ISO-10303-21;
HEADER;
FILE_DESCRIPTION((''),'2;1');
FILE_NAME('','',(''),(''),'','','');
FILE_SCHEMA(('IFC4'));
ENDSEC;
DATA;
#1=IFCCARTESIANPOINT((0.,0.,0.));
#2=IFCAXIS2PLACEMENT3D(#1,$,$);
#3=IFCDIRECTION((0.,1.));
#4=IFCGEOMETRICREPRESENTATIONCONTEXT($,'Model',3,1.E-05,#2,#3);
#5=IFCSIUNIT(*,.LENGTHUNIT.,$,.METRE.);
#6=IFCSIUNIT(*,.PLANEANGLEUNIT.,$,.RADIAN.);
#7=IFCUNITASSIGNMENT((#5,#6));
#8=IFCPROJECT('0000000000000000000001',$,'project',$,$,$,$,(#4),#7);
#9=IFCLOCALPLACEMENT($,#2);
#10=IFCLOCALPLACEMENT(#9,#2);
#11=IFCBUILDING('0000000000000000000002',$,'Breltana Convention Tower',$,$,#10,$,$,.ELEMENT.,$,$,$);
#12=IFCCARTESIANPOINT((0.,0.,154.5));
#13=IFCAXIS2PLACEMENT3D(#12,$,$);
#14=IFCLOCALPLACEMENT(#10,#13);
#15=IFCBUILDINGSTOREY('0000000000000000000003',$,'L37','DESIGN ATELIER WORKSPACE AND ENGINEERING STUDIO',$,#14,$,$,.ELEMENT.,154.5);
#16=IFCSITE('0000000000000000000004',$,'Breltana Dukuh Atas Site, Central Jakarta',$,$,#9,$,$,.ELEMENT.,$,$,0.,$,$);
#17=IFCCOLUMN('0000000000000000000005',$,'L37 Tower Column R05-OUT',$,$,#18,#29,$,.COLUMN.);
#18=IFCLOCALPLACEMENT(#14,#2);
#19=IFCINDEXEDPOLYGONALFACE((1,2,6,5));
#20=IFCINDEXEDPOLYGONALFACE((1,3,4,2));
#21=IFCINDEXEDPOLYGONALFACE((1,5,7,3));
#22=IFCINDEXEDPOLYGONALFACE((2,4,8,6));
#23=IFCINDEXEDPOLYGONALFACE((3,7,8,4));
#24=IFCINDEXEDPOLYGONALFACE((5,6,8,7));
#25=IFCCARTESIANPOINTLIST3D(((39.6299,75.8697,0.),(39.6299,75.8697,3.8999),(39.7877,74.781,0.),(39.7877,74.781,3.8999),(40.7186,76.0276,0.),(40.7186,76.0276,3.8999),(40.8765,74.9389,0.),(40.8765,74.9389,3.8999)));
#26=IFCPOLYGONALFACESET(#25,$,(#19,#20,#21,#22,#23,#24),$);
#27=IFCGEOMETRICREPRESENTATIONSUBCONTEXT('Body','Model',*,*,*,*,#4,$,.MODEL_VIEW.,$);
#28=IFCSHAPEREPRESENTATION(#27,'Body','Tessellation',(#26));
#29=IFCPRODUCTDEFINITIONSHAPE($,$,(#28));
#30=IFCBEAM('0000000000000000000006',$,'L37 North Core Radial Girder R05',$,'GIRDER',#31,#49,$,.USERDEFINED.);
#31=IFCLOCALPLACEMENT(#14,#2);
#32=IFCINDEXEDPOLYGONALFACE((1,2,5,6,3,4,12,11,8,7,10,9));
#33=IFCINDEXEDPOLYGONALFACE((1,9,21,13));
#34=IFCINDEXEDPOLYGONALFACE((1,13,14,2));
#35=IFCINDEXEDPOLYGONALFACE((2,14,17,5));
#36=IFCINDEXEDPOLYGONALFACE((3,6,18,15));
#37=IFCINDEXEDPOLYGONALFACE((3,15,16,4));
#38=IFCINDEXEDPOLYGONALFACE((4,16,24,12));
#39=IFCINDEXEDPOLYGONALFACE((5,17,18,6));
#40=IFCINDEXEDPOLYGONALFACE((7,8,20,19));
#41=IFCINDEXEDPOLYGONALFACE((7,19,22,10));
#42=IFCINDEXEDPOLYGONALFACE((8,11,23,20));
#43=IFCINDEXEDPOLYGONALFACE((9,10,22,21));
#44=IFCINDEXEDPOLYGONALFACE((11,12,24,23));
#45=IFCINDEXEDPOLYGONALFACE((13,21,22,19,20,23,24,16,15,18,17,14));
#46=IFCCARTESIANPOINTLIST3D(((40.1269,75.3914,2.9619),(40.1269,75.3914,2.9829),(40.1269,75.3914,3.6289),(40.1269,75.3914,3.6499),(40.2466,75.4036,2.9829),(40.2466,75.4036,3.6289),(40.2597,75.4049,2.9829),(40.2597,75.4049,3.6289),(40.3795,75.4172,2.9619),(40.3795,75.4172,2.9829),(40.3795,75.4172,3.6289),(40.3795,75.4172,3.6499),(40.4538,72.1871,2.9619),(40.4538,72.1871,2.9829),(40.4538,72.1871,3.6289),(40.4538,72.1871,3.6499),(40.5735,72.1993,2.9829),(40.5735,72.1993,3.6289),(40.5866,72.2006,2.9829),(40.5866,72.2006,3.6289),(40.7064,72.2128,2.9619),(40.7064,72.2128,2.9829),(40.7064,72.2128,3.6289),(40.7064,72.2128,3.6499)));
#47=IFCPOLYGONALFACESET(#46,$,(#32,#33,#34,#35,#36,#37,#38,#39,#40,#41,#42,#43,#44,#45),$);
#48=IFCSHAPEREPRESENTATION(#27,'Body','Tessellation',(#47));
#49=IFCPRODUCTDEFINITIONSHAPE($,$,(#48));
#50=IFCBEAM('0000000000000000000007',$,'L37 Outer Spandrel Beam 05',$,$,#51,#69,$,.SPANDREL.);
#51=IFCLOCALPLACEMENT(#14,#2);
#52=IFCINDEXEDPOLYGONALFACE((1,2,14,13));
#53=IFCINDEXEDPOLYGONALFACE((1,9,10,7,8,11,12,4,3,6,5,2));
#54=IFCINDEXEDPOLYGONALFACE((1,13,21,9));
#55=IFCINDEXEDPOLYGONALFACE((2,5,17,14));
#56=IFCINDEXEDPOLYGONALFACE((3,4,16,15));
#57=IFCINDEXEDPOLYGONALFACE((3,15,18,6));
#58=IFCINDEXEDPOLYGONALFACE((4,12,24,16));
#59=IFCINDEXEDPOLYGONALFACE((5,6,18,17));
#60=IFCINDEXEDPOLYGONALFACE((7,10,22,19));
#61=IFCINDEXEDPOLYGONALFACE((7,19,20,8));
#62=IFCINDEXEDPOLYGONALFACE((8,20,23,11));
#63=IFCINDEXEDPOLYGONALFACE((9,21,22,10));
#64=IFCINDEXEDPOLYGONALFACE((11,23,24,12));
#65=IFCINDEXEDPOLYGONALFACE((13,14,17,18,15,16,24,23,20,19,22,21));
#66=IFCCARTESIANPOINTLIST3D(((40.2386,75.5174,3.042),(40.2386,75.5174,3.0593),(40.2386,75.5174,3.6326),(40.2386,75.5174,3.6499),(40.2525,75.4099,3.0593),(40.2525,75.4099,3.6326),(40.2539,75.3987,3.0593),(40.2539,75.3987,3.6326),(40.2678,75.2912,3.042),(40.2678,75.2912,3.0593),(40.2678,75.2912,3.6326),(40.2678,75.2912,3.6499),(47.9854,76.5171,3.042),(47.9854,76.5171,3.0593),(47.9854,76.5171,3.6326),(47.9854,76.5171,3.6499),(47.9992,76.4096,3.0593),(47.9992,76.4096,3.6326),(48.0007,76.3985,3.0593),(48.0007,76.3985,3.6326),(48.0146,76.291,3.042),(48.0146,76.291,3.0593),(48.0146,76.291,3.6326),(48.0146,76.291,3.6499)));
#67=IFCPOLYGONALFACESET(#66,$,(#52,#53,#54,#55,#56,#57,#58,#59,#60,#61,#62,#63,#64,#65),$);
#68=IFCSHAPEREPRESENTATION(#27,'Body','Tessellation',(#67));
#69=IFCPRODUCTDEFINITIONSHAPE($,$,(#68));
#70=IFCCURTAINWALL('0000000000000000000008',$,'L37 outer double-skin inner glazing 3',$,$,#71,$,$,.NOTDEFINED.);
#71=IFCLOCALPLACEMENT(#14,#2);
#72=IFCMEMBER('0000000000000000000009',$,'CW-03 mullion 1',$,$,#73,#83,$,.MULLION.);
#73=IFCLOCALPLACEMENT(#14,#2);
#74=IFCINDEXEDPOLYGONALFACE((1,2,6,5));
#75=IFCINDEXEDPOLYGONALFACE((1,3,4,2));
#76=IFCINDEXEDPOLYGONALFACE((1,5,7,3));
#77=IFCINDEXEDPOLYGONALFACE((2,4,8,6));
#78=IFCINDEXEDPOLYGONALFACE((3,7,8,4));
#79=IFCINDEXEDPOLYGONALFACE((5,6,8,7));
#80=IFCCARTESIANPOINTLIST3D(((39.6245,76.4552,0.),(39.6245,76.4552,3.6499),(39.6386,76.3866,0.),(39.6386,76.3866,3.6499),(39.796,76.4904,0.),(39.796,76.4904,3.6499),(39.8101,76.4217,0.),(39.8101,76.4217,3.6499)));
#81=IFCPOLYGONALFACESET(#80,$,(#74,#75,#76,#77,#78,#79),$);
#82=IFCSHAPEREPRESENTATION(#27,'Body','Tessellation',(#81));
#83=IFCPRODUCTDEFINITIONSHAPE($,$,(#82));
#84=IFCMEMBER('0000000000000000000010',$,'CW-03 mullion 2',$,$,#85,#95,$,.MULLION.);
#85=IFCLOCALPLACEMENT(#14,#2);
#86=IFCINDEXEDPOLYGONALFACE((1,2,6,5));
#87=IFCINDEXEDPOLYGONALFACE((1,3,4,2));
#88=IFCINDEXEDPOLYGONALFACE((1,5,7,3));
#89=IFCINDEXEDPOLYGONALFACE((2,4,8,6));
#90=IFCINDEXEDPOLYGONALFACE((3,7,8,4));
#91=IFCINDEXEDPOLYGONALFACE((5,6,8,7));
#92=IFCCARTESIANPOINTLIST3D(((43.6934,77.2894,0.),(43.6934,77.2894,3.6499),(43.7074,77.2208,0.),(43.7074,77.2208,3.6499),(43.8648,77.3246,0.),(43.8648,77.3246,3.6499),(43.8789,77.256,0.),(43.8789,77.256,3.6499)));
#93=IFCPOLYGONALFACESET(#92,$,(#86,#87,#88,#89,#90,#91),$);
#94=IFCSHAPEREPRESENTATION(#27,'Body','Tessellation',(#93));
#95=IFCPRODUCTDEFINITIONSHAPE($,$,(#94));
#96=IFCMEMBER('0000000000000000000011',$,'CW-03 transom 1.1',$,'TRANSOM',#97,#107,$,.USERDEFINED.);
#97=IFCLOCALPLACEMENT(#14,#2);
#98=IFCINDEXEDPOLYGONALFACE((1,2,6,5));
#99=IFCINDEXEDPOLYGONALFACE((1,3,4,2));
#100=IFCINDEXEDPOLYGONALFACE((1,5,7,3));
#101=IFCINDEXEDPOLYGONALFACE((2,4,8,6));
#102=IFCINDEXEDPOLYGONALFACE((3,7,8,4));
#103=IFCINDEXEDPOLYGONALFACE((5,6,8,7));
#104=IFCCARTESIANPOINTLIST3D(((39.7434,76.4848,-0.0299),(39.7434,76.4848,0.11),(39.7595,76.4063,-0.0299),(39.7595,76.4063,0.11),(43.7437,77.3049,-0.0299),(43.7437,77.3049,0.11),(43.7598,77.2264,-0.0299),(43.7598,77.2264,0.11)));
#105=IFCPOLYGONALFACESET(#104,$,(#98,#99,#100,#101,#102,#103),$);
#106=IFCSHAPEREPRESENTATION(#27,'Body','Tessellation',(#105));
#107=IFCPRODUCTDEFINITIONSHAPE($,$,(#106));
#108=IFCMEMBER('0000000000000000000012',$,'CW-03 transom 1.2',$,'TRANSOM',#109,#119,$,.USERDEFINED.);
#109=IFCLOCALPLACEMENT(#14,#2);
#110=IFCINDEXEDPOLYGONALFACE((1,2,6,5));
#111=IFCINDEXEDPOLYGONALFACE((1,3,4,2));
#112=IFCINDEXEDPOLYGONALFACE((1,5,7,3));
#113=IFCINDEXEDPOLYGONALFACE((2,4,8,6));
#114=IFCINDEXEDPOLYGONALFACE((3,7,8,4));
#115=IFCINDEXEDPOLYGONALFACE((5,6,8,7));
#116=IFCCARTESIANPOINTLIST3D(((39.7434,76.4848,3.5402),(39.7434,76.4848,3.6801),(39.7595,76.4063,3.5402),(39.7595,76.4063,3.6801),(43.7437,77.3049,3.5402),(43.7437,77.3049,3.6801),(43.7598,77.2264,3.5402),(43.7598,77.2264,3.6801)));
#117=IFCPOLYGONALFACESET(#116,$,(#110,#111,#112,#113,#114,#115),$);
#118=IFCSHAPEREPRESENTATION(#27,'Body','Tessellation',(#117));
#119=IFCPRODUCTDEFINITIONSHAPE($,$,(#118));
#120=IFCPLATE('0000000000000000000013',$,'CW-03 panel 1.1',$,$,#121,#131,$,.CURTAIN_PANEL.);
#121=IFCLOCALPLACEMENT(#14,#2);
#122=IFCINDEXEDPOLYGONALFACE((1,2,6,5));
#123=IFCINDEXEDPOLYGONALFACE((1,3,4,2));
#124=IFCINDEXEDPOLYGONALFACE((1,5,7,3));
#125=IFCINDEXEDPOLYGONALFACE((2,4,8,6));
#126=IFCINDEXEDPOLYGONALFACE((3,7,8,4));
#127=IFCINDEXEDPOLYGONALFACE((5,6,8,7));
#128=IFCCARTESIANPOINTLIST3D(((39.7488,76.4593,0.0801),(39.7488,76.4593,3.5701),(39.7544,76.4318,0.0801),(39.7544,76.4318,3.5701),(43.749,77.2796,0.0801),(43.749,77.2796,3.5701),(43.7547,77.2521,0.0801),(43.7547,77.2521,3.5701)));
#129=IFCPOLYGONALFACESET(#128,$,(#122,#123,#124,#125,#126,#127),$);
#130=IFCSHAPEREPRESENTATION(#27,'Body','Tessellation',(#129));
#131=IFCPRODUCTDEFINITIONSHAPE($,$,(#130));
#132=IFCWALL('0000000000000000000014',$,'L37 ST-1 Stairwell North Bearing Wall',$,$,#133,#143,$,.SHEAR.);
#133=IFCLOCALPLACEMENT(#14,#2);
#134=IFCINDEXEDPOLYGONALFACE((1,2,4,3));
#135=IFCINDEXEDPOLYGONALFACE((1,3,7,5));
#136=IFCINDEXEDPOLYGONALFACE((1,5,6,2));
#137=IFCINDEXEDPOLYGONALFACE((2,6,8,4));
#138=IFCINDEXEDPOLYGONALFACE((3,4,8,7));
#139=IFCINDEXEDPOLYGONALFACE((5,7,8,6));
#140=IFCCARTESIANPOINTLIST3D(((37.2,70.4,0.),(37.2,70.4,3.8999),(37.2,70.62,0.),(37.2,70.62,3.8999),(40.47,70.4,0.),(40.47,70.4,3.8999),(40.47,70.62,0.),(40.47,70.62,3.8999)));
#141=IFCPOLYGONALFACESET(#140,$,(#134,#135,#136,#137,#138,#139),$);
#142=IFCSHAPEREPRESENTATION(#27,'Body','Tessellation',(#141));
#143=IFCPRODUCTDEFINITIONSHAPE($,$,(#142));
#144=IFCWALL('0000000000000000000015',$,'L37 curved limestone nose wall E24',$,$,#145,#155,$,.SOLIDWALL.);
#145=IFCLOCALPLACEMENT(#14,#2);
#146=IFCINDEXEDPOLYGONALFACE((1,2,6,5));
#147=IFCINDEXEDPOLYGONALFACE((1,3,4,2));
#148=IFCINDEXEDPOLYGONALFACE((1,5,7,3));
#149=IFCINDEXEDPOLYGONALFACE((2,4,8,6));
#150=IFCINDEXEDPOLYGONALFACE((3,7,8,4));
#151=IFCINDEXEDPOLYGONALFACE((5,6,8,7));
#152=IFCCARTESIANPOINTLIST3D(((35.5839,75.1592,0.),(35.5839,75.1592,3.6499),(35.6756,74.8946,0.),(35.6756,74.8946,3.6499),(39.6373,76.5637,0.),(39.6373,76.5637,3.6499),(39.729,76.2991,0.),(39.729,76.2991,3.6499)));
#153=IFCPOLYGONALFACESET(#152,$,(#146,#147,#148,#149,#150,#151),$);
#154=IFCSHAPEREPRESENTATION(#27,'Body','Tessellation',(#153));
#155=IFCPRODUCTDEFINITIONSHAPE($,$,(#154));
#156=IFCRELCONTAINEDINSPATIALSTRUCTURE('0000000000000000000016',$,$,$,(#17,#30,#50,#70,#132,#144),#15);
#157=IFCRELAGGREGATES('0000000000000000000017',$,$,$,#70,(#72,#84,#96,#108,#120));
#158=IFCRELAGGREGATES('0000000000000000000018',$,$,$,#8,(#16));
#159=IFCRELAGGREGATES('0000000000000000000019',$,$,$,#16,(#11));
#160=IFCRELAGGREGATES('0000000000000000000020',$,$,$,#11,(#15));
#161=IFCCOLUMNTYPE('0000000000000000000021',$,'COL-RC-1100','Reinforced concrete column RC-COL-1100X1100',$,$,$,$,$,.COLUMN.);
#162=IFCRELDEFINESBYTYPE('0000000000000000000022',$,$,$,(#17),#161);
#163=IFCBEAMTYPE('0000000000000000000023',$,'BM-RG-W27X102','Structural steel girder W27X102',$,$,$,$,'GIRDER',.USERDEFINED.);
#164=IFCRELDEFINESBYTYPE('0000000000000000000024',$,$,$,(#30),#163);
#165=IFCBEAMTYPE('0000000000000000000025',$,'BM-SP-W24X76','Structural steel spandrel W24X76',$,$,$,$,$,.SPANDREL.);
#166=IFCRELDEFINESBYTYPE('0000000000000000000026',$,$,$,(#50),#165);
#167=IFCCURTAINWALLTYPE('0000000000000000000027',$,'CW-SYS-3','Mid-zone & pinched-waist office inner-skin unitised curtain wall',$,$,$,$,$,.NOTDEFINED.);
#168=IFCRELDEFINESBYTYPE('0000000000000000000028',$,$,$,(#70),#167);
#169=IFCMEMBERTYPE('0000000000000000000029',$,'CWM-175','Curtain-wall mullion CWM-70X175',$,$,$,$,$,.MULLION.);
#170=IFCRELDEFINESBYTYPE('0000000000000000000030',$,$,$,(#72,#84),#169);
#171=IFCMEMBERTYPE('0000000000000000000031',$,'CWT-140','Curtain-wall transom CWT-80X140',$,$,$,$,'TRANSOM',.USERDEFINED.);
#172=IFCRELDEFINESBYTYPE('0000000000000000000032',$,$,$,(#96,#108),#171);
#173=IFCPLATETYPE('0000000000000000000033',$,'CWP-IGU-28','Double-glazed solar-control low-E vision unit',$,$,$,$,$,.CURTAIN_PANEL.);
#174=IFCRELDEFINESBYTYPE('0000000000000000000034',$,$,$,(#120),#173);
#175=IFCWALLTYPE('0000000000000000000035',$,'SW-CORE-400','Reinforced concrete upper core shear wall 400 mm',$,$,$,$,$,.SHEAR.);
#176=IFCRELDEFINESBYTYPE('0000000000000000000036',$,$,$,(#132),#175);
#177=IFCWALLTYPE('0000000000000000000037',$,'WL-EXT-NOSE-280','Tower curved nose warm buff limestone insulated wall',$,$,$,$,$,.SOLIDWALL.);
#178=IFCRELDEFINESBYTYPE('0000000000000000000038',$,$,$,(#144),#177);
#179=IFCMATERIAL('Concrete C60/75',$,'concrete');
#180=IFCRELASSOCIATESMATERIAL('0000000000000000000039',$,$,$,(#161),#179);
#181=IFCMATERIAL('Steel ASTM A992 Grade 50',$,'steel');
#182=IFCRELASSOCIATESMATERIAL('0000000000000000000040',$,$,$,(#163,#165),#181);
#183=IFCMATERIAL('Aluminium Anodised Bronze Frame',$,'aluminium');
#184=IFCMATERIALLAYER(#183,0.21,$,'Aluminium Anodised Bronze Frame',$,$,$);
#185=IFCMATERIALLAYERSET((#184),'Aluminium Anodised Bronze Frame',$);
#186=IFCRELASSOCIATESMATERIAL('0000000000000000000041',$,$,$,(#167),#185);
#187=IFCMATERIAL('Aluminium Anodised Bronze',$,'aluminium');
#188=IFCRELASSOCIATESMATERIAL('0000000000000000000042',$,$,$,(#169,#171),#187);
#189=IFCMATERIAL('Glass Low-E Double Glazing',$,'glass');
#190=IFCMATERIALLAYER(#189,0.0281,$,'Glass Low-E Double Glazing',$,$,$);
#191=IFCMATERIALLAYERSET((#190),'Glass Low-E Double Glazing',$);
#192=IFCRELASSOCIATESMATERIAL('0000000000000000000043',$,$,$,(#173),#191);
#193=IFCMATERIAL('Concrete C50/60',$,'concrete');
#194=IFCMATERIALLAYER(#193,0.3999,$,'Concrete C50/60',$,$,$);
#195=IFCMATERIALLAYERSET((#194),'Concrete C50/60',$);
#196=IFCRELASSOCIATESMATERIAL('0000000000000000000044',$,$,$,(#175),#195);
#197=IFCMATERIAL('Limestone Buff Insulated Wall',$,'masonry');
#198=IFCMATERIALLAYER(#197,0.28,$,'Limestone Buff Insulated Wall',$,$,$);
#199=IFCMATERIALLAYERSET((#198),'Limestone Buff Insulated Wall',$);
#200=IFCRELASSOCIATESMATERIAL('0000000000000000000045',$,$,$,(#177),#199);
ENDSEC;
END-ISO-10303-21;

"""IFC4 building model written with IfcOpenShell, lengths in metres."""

from ifc_helpers import new_model, si_unit, direction, frame, frame_2d, origin, origin_2d, place, context, subcontext, project, spatial, rectangle, i_section, extrude, source, transform, mapped, material, layer, layer_set, material_profile, profile_set, type_object, element, aggregate, save


model = new_model("IFC4")

# Units and contexts
model_context = context("Model", 3, precision=1e-05, world=origin(), true_north=direction((0.0, 1.0)))
body_context = subcontext(model_context, "Body", "Model", "MODEL_VIEW")
ifc_project = project(units=[si_unit("LENGTHUNIT", "METRE"), si_unit("PLANEANGLEUNIT", "RADIAN")], contexts=[model_context])

# Site, building, storey
site_placement = place(None, origin())
site = spatial("IfcSite", under=ifc_project, at=site_placement, Name="Breltana Dukuh Atas Site, Central Jakarta", CompositionType="ELEMENT", RefElevation=0.0)
building_placement = place(site_placement, origin())
building = spatial("IfcBuilding", under=site, at=building_placement, Name="Breltana Convention Tower", CompositionType="ELEMENT")
storey_placement = place(building_placement, frame((0.0, 0.0, 154.5)))
storey = spatial("IfcBuildingStorey", under=building, at=storey_placement, Name="L37", Description="DESIGN ATELIER WORKSPACE AND ENGINEERING STUDIO", CompositionType="ELEMENT", Elevation=154.5)

# Column
ifc_material_1 = material(Name="Concrete C60/75", Category="concrete")
ifc_material_profile_1 = material_profile(ifc_material_1, rectangle(XDim=1.1001, YDim=1.1001, at=origin_2d()), Name="RC-COL-1100X1100")
ifc_profile_set_1 = profile_set([ifc_material_profile_1], Name="Concrete C60/75")
column_type = type_object("IfcColumnType", Name="COL-RC-1100", Description="Reinforced concrete column RC-COL-1100X1100", PredefinedType="COLUMN", material=ifc_profile_set_1)
shared_shape_1 = source(origin(), body_context, "Body", "SweptSolid", [
    extrude(rectangle(XDim=1.1001, YDim=1.1001, at=origin_2d()), origin(), (0.0, 0.0, 1.0), 3.8999),
])
column_placement = place(storey_placement, frame((40.2532, 75.4043, 0.0), z_axis=(0.0, 0.0, 1.0), x_axis=(-0.143493, 0.989651, 0.0)))
element("IfcColumn", 1, at=column_placement, inside=storey, type_object=column_type, Name="L37 Tower Column R05-OUT", PredefinedType="COLUMN", context=body_context, shape_type="MappedRepresentation", body=[
    mapped(shared_shape_1, transform((0.0, 0.0, 0.0), scale=1.0)),
])

# Beams
ifc_material_2 = material(Name="Steel ASTM A992 Grade 50", Category="steel")
ifc_material_profile_2 = material_profile(ifc_material_2, i_section(OverallWidth=0.2539, OverallDepth=0.688, WebThickness=0.0132, FlangeThickness=0.021, at=origin_2d()), Name="W27X102")
ifc_profile_set_2 = profile_set([ifc_material_profile_2], Name="Steel ASTM A992 Grade 50")
beam_type_1 = type_object("IfcBeamType", Name="BM-RG-W27X102", Description="Structural steel girder W27X102", ElementType="GIRDER", PredefinedType="USERDEFINED", material=ifc_profile_set_2)
shared_shape_2 = source(origin(), body_context, "Body", "SweptSolid", [
    extrude(i_section(OverallWidth=0.2539, OverallDepth=0.688, WebThickness=0.0132, FlangeThickness=0.021, at=origin_2d()), origin(), (0.0, 0.0, 1.0), 3.2209),
])
beam_1_placement = place(storey_placement, frame((40.5801, 72.2, 3.3059), z_axis=(-0.101492, 0.994836, 0.0), x_axis=(-0.994836, -0.101492, 0.0)))
element("IfcBeam", 2, at=beam_1_placement, inside=storey, type_object=beam_type_1, Name="L37 North Core Radial Girder R05", ObjectType="GIRDER", PredefinedType="USERDEFINED", context=body_context, shape_type="MappedRepresentation", body=[
    mapped(shared_shape_2, transform((0.0, 0.0, 0.0), scale=1.0)),
])
ifc_material_profile_3 = material_profile(ifc_material_2, i_section(OverallWidth=0.228, OverallDepth=0.6079, WebThickness=0.0112, FlangeThickness=0.0173, at=origin_2d()), Name="W24X76")
ifc_profile_set_3 = profile_set([ifc_material_profile_3], Name="Steel ASTM A992 Grade 50")
beam_type_2 = type_object("IfcBeamType", Name="BM-SP-W24X76", Description="Structural steel spandrel W24X76", PredefinedType="SPANDREL", material=ifc_profile_set_3)
shared_shape_3 = source(origin(), body_context, "Body", "SweptSolid", [
    extrude(i_section(OverallWidth=0.228, OverallDepth=0.6079, WebThickness=0.0112, FlangeThickness=0.0173, at=origin_2d()), origin(), (0.0, 0.0, 1.0), 7.811),
])
beam_2_placement = place(storey_placement, frame((40.2532, 75.4043, 3.3459), z_axis=(0.991775, 0.127992, 0.0), x_axis=(-0.127992, 0.991775, 0.0)))
element("IfcBeam", 3, at=beam_2_placement, inside=storey, type_object=beam_type_2, Name="L37 Outer Spandrel Beam 05", PredefinedType="SPANDREL", context=body_context, shape_type="MappedRepresentation", body=[
    mapped(shared_shape_3, transform((0.0, 0.0, 0.0), scale=1.0)),
])

# Curtain wall, members, plate
ifc_material_3 = material(Name="Aluminium Anodised Bronze Frame", Category="aluminium")
ifc_layer_1 = layer(ifc_material_3, 0.21, Name="Aluminium Anodised Bronze Frame")
ifc_layer_set_1 = layer_set([ifc_layer_1], Name="Aluminium Anodised Bronze Frame")
curtain_wall_type = type_object("IfcCurtainWallType", Name="CW-SYS-3", Description="Mid-zone & pinched-waist office inner-skin unitised curtain wall", PredefinedType="NOTDEFINED", material=ifc_layer_set_1)
curtain_wall_placement = place(storey_placement, origin())
curtain_wall = element("IfcCurtainWall", 4, at=curtain_wall_placement, inside=storey, type_object=curtain_wall_type, Name="L37 outer double-skin inner glazing 3", PredefinedType="NOTDEFINED")
ifc_material_4 = material(Name="Aluminium Anodised Bronze", Category="aluminium")
ifc_material_profile_4 = material_profile(ifc_material_4, rectangle(XDim=0.0701, YDim=0.175, at=origin_2d()), Name="CWM-70X175")
ifc_profile_set_4 = profile_set([ifc_material_profile_4], Name="Aluminium Anodised Bronze")
member_type_1 = type_object("IfcMemberType", Name="CWM-175", Description="Curtain-wall mullion CWM-70X175", PredefinedType="MULLION", material=ifc_profile_set_4)
shared_shape_4 = source(origin(), body_context, "Body", "SweptSolid", [
    extrude(rectangle(XDim=0.0701, YDim=0.175, at=origin_2d()), origin(), (0.0, 0.0, 1.0), 3.6499),
])
member_1_placement = place(storey_placement, frame((39.7173, 76.4385, 0.0), z_axis=(0.0, 0.0, 1.0), x_axis=(-0.200877, 0.979617, 0.0)))
member_1 = element("IfcMember", 5, at=member_1_placement, type_object=member_type_1, Name="CW-03 mullion 1", PredefinedType="MULLION", context=body_context, shape_type="MappedRepresentation", body=[
    mapped(shared_shape_4, transform((0.0, 0.0, 0.0), scale=1.0)),
])
member_2_placement = place(storey_placement, frame((43.7861, 77.2727, 0.0), z_axis=(0.0, 0.0, 1.0), x_axis=(-0.200877, 0.979617, 0.0)))
member_2 = element("IfcMember", 6, at=member_2_placement, type_object=member_type_1, Name="CW-03 mullion 2", PredefinedType="MULLION", context=body_context, shape_type="MappedRepresentation", body=[
    mapped(shared_shape_4, transform((0.0, 0.0, 0.0), scale=1.0)),
])
ifc_material_profile_5 = material_profile(ifc_material_4, rectangle(XDim=0.0801, YDim=0.1399, at=origin_2d()), Name="CWT-80X140")
ifc_profile_set_5 = profile_set([ifc_material_profile_5], Name="Aluminium Anodised Bronze")
member_type_2 = type_object("IfcMemberType", Name="CWT-140", Description="Curtain-wall transom CWT-80X140", ElementType="TRANSOM", PredefinedType="USERDEFINED", material=ifc_profile_set_5)
shared_shape_5 = source(origin(), body_context, "Body", "SweptSolid", [
    extrude(rectangle(XDim=0.0801, YDim=0.1399, at=origin_2d()), origin(), (0.0, 0.0, 1.0), 4.0835),
])
member_3_placement = place(storey_placement, frame((39.7515, 76.4456, 0.04), z_axis=(0.979627, 0.200828, 0.0), x_axis=(-0.200828, 0.979627, 0.0)))
member_3 = element("IfcMember", 7, at=member_3_placement, type_object=member_type_2, Name="CW-03 transom 1.1", ObjectType="TRANSOM", PredefinedType="USERDEFINED", context=body_context, shape_type="MappedRepresentation", body=[
    mapped(shared_shape_5, transform((0.0, 0.0, 0.0), scale=1.0)),
])
member_4_placement = place(storey_placement, frame((39.7515, 76.4456, 3.6101), z_axis=(0.979627, 0.200828, 0.0), x_axis=(-0.200828, 0.979627, 0.0)))
member_4 = element("IfcMember", 8, at=member_4_placement, type_object=member_type_2, Name="CW-03 transom 1.2", ObjectType="TRANSOM", PredefinedType="USERDEFINED", context=body_context, shape_type="MappedRepresentation", body=[
    mapped(shared_shape_5, transform((0.0, 0.0, 0.0), scale=1.0)),
])
ifc_material_5 = material(Name="Glass Low-E Double Glazing", Category="glass")
ifc_layer_2 = layer(ifc_material_5, 0.0281, Name="Glass Low-E Double Glazing")
ifc_layer_set_2 = layer_set([ifc_layer_2], Name="Glass Low-E Double Glazing")
plate_type = type_object("IfcPlateType", Name="CWP-IGU-28", Description="Double-glazed solar-control low-E vision unit", PredefinedType="CURTAIN_PANEL", material=ifc_layer_set_2)
shared_shape_6 = source(origin(), body_context, "Body", "SweptSolid", [
    extrude(rectangle(XDim=4.0835, YDim=0.0281, at=origin_2d()), origin(), (0.0, 0.0, 1.0), 3.49),
])
plate_placement = place(storey_placement, frame((41.7517, 76.8557, 0.0801), z_axis=(0.0, 0.0, 1.0), x_axis=(0.979617, 0.200877, 0.0)))
plate = element("IfcPlate", 9, at=plate_placement, type_object=plate_type, Name="CW-03 panel 1.1", PredefinedType="CURTAIN_PANEL", context=body_context, shape_type="MappedRepresentation", body=[
    mapped(shared_shape_6, transform((0.0, 0.0, 0.0), scale=1.0)),
])
aggregate(curtain_wall, [member_1, member_2, member_3, member_4, plate])

# Walls
ifc_material_6 = material(Name="Concrete C50/60", Category="concrete")
ifc_layer_3 = layer(ifc_material_6, 0.3999, Name="Concrete C50/60")
ifc_layer_set_3 = layer_set([ifc_layer_3], Name="Concrete C50/60")
wall_type_1 = type_object("IfcWallType", Name="SW-CORE-400", Description="Reinforced concrete upper core shear wall 400 mm", PredefinedType="SHEAR", material=ifc_layer_set_3)
shared_shape_7 = source(origin(), body_context, "Body", "SweptSolid", [
    extrude(rectangle(XDim=3.27, YDim=0.22, at=frame_2d((1.635, 0.0))), origin(), (0.0, 0.0, 1.0), 3.8999),
])
wall_1_placement = place(storey_placement, frame((37.2, 70.51, 0.0), z_axis=(0.0, 0.0, 1.0), x_axis=(1.0, 0.0, 0.0)))
element("IfcWall", 10, at=wall_1_placement, inside=storey, type_object=wall_type_1, Name="L37 ST-1 Stairwell North Bearing Wall", PredefinedType="SHEAR", context=body_context, shape_type="MappedRepresentation", body=[
    mapped(shared_shape_7, transform((0.0, 0.0, 0.0), scale=1.0)),
])
ifc_material_7 = material(Name="Limestone Buff Insulated Wall", Category="masonry")
ifc_layer_4 = layer(ifc_material_7, 0.28, Name="Limestone Buff Insulated Wall")
ifc_layer_set_4 = layer_set([ifc_layer_4], Name="Limestone Buff Insulated Wall")
wall_type_2 = type_object("IfcWallType", Name="WL-EXT-NOSE-280", Description="Tower curved nose warm buff limestone insulated wall", PredefinedType="SOLIDWALL", material=ifc_layer_set_4)
shared_shape_8 = source(origin(), body_context, "Body", "SweptSolid", [
    extrude(rectangle(XDim=4.2898, YDim=0.28, at=frame_2d((2.145, 0.0))), origin(), (0.0, 0.0, 1.0), 3.6499),
])
wall_2_placement = place(storey_placement, frame((35.6296, 75.0269, 0.0), z_axis=(0.0, 0.0, 1.0), x_axis=(0.944884, 0.327406, 0.0)))
element("IfcWall", 11, at=wall_2_placement, inside=storey, type_object=wall_type_2, Name="L37 curved limestone nose wall E24", PredefinedType="SOLIDWALL", context=body_context, shape_type="MappedRepresentation", body=[
    mapped(shared_shape_8, transform((0.0, 0.0, 0.0), scale=1.0)),
])

save(model, "model.ifc")
